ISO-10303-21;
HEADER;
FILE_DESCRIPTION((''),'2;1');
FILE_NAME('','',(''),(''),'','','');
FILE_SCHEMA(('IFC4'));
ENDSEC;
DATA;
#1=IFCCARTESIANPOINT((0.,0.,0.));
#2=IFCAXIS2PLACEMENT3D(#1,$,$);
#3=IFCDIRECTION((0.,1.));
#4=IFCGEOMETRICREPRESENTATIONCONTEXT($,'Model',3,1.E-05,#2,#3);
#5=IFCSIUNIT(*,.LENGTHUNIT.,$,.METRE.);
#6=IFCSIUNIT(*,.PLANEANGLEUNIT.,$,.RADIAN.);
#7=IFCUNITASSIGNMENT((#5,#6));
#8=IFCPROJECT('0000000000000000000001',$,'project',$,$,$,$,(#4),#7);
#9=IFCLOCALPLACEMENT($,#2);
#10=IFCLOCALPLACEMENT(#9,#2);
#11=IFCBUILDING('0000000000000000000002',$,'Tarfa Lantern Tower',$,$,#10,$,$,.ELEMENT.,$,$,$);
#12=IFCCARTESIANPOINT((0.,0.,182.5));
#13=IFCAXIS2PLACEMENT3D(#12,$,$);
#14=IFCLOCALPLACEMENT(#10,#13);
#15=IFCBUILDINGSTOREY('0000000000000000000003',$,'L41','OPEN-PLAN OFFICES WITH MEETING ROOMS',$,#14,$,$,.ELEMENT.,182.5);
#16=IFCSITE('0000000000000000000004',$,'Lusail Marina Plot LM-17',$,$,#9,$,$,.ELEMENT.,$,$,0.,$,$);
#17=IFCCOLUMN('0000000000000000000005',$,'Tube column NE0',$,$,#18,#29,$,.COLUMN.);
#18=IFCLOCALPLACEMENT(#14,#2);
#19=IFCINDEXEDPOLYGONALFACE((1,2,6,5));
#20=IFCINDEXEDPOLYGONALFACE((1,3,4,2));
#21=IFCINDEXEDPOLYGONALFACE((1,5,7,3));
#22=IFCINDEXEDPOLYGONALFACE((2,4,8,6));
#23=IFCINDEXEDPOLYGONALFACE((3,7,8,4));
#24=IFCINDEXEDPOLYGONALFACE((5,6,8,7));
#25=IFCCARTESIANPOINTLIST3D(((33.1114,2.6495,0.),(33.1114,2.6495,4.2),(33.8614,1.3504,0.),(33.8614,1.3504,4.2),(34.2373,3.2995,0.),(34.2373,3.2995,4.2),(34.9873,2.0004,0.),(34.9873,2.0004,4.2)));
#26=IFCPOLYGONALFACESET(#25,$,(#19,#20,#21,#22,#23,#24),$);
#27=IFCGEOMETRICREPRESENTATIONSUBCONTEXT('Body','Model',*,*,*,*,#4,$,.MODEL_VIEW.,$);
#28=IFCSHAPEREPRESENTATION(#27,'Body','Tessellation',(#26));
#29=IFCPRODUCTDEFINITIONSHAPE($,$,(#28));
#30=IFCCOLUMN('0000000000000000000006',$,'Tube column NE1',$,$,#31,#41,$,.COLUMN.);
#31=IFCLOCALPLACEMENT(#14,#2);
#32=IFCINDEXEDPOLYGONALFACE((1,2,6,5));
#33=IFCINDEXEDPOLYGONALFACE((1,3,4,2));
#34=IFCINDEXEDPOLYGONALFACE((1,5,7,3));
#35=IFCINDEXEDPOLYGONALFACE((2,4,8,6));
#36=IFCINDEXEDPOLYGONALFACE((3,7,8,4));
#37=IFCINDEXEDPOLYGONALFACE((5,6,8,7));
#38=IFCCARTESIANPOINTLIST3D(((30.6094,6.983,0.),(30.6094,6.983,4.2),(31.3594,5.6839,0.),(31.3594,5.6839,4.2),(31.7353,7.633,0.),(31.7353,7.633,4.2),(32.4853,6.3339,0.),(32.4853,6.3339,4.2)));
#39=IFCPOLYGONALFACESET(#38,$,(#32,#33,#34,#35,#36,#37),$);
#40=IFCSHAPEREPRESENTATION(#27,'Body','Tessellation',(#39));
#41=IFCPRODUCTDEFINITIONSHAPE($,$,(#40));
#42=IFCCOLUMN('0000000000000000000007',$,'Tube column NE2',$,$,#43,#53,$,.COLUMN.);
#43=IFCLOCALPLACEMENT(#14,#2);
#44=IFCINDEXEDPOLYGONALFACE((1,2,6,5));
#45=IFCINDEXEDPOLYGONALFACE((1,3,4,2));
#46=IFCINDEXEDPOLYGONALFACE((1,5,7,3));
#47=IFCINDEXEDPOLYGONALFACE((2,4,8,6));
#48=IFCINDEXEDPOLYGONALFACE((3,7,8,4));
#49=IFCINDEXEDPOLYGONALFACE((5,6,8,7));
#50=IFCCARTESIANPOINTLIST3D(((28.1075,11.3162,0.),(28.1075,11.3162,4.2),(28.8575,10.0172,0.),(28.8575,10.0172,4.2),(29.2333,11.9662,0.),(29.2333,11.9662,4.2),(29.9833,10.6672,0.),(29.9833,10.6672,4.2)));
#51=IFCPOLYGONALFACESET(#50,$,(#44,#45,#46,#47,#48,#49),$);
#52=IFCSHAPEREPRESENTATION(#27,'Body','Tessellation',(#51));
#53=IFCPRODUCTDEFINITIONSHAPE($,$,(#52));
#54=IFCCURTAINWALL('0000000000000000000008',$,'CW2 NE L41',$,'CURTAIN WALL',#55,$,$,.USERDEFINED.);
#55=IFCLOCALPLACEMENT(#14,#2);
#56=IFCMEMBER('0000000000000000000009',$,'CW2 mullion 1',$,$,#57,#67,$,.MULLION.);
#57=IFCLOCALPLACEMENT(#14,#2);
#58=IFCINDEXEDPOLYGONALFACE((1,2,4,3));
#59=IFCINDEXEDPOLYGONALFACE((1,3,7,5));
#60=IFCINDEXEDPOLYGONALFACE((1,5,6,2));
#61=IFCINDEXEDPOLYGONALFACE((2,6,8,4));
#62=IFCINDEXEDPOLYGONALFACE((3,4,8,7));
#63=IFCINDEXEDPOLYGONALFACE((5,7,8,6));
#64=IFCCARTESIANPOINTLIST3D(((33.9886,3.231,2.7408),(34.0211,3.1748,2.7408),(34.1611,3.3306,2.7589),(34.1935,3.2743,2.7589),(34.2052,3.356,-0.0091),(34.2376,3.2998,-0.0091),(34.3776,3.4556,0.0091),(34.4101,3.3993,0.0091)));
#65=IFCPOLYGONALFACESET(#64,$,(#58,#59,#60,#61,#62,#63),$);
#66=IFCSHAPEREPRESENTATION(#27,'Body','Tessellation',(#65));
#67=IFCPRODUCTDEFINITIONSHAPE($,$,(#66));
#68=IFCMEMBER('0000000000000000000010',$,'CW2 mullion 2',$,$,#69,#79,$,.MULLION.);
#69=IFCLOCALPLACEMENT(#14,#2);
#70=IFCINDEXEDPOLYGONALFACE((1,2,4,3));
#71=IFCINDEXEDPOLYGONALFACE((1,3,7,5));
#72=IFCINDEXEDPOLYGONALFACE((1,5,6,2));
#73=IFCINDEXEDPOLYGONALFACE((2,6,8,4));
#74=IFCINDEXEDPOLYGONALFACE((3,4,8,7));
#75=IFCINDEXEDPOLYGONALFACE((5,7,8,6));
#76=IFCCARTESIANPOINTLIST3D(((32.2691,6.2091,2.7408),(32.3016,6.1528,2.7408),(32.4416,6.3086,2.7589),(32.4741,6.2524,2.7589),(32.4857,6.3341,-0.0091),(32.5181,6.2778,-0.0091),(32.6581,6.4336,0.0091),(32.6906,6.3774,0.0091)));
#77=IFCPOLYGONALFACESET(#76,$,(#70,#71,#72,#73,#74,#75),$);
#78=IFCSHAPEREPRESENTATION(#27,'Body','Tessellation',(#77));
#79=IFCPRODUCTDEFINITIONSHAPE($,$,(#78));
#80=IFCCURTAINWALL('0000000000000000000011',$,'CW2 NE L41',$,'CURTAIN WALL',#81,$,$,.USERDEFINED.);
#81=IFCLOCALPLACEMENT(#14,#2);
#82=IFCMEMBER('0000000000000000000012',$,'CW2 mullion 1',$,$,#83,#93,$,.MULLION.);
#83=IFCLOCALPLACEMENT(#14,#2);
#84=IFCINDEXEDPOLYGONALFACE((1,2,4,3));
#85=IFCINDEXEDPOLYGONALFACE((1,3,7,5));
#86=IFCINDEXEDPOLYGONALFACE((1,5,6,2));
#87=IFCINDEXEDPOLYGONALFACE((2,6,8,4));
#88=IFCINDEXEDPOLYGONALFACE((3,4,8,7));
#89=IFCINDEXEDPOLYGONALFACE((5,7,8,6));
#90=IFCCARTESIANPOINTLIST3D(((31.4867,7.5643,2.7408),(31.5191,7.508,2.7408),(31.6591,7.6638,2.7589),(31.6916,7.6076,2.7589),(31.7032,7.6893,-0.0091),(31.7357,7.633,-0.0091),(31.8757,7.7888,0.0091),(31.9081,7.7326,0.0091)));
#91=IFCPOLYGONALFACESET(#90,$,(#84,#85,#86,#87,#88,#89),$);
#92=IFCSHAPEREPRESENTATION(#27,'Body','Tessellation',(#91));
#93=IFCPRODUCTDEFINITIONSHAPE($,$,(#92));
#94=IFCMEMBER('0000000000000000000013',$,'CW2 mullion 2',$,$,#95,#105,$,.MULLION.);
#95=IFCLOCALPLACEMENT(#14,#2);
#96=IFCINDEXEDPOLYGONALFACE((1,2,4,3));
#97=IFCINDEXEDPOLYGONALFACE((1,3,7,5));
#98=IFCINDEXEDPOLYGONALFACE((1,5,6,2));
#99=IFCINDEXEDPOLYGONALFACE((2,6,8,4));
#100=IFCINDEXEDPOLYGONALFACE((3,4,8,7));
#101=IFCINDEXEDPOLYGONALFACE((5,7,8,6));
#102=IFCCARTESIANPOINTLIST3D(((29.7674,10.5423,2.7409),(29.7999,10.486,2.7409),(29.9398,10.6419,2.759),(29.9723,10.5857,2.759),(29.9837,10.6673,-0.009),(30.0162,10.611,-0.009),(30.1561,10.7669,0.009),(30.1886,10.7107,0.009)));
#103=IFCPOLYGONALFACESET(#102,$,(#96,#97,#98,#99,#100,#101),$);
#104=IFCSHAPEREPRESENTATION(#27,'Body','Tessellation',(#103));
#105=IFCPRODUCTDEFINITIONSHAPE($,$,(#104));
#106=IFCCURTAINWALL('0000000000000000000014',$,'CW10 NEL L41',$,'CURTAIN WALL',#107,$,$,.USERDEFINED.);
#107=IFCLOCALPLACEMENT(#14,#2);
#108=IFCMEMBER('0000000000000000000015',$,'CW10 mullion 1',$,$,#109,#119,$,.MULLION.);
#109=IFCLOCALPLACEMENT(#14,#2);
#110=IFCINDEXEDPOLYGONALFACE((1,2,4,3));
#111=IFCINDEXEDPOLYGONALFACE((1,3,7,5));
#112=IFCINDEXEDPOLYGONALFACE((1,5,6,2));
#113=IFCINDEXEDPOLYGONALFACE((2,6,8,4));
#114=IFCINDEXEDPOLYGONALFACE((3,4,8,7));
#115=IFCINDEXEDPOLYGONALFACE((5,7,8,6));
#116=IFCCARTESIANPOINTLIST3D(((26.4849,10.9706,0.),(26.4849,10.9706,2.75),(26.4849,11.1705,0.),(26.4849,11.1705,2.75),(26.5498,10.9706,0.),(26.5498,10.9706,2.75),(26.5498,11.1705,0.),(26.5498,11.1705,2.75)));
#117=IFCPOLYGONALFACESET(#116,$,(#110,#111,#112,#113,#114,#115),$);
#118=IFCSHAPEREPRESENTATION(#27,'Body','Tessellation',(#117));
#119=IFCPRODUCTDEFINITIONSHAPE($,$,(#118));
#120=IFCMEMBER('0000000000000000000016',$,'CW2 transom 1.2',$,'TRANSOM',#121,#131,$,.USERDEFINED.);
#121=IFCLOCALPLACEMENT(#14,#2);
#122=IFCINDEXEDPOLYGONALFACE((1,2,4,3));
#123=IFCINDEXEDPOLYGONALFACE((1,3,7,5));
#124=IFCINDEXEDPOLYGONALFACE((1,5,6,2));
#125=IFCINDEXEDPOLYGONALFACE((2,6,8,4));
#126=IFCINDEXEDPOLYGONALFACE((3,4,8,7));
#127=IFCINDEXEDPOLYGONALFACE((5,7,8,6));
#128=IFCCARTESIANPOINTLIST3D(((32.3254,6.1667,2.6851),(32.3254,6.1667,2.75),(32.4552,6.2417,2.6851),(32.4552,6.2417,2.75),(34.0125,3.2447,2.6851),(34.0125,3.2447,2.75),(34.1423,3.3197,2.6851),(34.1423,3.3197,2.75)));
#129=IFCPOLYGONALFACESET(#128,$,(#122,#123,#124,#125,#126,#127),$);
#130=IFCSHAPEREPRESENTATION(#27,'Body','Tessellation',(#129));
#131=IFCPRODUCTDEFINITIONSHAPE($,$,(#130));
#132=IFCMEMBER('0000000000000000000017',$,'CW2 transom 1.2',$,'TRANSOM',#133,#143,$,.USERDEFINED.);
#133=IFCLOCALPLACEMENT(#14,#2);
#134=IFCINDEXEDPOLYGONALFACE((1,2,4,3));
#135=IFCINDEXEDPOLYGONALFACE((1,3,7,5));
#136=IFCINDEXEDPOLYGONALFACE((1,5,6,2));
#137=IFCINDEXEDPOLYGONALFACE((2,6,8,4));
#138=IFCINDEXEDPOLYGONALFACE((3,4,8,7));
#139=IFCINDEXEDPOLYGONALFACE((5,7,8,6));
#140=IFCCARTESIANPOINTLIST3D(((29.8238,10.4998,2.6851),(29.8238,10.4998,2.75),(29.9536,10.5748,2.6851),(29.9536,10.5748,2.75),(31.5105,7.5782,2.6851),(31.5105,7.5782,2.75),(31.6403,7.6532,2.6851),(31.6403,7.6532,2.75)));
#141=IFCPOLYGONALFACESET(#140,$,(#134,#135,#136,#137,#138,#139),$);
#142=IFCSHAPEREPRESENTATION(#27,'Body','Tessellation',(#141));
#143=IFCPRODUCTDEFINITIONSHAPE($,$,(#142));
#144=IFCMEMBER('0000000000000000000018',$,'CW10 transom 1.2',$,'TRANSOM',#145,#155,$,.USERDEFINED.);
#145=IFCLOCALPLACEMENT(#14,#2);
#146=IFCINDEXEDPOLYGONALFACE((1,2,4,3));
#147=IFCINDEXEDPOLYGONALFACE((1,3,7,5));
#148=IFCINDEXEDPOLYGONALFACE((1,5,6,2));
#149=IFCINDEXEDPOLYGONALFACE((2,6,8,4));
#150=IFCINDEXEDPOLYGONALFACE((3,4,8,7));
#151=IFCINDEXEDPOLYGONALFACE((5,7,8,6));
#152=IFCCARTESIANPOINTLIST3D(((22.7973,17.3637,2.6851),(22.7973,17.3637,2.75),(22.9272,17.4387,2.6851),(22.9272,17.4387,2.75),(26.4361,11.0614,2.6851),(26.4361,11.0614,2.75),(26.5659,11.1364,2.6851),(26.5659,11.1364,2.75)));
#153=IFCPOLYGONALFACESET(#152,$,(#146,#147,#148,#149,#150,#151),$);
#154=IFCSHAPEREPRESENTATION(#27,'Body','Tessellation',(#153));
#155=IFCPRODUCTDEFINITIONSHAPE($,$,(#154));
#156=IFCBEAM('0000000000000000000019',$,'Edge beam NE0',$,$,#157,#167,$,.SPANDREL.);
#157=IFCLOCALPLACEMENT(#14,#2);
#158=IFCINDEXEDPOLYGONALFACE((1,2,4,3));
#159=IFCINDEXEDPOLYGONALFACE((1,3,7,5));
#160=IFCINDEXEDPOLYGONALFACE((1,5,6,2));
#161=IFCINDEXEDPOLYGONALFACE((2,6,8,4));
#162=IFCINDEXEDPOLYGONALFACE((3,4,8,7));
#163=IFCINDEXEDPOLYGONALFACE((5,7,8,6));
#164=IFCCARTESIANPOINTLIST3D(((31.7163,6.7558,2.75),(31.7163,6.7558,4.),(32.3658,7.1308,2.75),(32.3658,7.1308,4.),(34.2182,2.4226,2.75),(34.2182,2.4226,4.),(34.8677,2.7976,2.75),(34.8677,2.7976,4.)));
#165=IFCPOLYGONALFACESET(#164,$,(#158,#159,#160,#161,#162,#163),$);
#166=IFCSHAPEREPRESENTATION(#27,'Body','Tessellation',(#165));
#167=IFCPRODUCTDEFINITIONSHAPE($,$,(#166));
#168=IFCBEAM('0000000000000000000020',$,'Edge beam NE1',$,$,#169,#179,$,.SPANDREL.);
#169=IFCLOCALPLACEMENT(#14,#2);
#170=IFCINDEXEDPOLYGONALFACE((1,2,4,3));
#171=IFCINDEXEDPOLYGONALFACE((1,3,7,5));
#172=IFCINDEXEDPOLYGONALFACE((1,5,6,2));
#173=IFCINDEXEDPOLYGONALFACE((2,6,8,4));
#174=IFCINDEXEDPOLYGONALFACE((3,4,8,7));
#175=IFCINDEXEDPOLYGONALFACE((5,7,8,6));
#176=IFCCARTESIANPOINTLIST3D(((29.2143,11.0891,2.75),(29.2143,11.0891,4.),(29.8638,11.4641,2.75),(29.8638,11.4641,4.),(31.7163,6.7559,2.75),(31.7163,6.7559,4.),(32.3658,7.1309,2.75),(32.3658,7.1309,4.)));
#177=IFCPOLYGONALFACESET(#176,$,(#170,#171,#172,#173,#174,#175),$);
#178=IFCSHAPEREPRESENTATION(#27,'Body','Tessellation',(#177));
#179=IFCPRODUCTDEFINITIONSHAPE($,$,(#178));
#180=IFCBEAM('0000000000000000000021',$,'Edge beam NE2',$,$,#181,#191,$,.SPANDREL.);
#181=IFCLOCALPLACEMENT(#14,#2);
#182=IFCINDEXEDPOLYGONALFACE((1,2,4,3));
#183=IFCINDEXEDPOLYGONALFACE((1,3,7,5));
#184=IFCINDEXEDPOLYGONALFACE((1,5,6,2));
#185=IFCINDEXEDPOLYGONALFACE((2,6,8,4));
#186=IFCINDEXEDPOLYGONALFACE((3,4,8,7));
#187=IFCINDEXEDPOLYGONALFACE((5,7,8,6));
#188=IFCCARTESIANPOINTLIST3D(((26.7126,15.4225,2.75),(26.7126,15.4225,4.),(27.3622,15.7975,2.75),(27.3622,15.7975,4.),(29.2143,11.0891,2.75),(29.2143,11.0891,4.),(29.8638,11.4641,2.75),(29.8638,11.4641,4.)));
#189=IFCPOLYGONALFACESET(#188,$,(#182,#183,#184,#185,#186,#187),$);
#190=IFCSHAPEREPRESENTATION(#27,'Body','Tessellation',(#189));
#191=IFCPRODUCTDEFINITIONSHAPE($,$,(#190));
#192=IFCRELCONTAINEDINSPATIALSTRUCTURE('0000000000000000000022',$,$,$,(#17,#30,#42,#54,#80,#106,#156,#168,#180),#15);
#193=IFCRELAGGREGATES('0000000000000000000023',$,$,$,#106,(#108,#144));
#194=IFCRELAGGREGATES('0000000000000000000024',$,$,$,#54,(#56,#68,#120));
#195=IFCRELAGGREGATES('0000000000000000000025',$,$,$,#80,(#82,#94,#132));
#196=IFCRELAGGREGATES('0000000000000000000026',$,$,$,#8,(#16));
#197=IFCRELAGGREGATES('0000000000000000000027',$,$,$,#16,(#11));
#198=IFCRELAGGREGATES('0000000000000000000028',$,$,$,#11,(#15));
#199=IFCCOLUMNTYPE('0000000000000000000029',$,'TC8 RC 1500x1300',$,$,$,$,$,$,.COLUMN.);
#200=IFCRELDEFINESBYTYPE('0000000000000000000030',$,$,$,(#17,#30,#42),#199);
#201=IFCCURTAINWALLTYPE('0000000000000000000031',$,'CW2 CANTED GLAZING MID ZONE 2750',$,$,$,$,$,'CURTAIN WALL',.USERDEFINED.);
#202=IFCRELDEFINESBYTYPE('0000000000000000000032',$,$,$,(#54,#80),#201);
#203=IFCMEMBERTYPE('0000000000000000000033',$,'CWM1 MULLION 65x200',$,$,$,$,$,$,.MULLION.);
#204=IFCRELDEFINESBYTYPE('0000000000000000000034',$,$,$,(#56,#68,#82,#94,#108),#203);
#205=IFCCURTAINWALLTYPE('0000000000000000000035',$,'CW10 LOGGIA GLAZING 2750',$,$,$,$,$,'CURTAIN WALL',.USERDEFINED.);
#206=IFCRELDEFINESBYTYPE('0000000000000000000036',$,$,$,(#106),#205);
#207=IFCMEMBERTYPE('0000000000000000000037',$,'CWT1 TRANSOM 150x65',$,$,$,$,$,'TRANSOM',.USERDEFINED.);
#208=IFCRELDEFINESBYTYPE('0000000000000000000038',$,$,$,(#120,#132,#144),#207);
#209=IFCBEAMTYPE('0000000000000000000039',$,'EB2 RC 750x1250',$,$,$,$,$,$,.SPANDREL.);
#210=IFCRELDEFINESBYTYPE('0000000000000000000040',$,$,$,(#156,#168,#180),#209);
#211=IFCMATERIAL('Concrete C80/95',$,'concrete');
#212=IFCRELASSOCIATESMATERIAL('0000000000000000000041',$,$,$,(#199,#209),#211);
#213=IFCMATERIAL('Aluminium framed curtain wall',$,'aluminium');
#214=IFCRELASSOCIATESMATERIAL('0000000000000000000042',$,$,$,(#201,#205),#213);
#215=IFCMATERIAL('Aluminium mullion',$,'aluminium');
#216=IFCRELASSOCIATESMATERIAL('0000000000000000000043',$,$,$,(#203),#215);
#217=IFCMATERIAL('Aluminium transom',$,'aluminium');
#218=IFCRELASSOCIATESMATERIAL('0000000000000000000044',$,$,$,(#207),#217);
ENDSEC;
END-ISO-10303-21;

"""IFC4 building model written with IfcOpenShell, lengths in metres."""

from ifc_helpers import new_model, si_unit, direction, frame, origin, origin_2d, place, context, subcontext, project, spatial, rectangle, extrude, material, material_profile, profile_set, type_object, element, aggregate, save


model = new_model("IFC4")

# Units and contexts
model_context = context("Model", 3, precision=1e-05, world=origin(), true_north=direction((0.0, 1.0)))
body_context = subcontext(model_context, "Body", "Model", "MODEL_VIEW")
ifc_project = project(units=[si_unit("LENGTHUNIT", "METRE"), si_unit("PLANEANGLEUNIT", "RADIAN")], contexts=[model_context])

# Site, building, storey
site_placement = place(None, origin())
site = spatial("IfcSite", under=ifc_project, at=site_placement, Name="Lusail Marina Plot LM-17", CompositionType="ELEMENT", RefElevation=0.0)
building_placement = place(site_placement, origin())
building = spatial("IfcBuilding", under=site, at=building_placement, Name="Tarfa Lantern Tower", CompositionType="ELEMENT")
storey_placement = place(building_placement, frame((0.0, 0.0, 182.5)))
storey = spatial("IfcBuildingStorey", under=building, at=storey_placement, Name="L41", Description="OPEN-PLAN OFFICES WITH MEETING ROOMS", CompositionType="ELEMENT", Elevation=182.5)

# Columns
ifc_material_1 = material(Name="Concrete C80/95", Category="concrete")
ifc_material_profile_1 = material_profile(ifc_material_1, rectangle(XDim=1.5, YDim=1.3, at=origin_2d()), Name="RC 1500x1300")
ifc_profile_set_1 = profile_set([ifc_material_profile_1], Name="Concrete C80/95")
column_type = type_object("IfcColumnType", Name="TC8 RC 1500x1300", PredefinedType="COLUMN", material=ifc_profile_set_1)
for number, where, z_axis, x_axis, name in (
    (1, (34.0493, 2.325, 0.0), (0.0, 0.0, 1.0), (-0.5, 0.866025, 0.0), "Tube column NE0"),
    (2, (31.5474, 6.6584, 0.0), (0.0, 0.0, 1.0), (-0.5, 0.866025, 0.0), "Tube column NE1"),
    (3, (29.0454, 10.9917, 0.0), (0.0, 0.0, 1.0), (-0.5, 0.866025, 0.0), "Tube column NE2"),
):
    element("IfcColumn", number, at=place(storey_placement, frame(where, z_axis=z_axis, x_axis=x_axis)), inside=storey, type_object=column_type, Name=name, PredefinedType="COLUMN", context=body_context, shape_type="SweptSolid", body=[
        extrude(rectangle(XDim=1.5, YDim=1.3, at=origin_2d()), origin(), (0.0, 0.0, 1.0), 4.2),
    ])

# Curtain walls, members
ifc_material_2 = material(Name="Aluminium framed curtain wall", Category="aluminium")
curtain_wall_type_1 = type_object("IfcCurtainWallType", Name="CW2 CANTED GLAZING MID ZONE 2750", ElementType="CURTAIN WALL", PredefinedType="USERDEFINED", material=ifc_material_2)
curtain_wall_1_placement = place(storey_placement, origin())
curtain_wall_1 = element("IfcCurtainWall", 4, at=curtain_wall_1_placement, inside=storey, type_object=curtain_wall_type_1, Name="CW2 NE L41", ObjectType="CURTAIN WALL", PredefinedType="USERDEFINED")
ifc_material_3 = material(Name="Aluminium mullion", Category="aluminium")
ifc_material_profile_2 = material_profile(ifc_material_3, rectangle(XDim=0.0649, YDim=0.2, at=origin_2d()), Name="AL MULLION 65x200")
ifc_profile_set_2 = profile_set([ifc_material_profile_2], Name="Aluminium mullion")
member_type_1 = type_object("IfcMemberType", Name="CWM1 MULLION 65x200", PredefinedType="MULLION", material=ifc_profile_set_2)
member_1_placement = place(storey_placement, frame((34.3076, 3.3777, 0.0), z_axis=(-0.078423, -0.045268, 0.995892), x_axis=(0.49992, -0.866072, 0.0)))
member_1 = element("IfcMember", 5, at=member_1_placement, type_object=member_type_1, Name="CW2 mullion 1", PredefinedType="MULLION", context=body_context, shape_type="SweptSolid", body=[
    extrude(rectangle(XDim=0.0649, YDim=0.2, at=origin_2d()), origin(), (0.0, 0.0, 1.0), 2.7612),
])
member_2_placement = place(storey_placement, frame((32.5881, 6.3557, 0.0), z_axis=(-0.078423, -0.045268, 0.995892), x_axis=(0.49992, -0.866072, 0.0)))
member_2 = element("IfcMember", 6, at=member_2_placement, type_object=member_type_1, Name="CW2 mullion 2", PredefinedType="MULLION", context=body_context, shape_type="SweptSolid", body=[
    extrude(rectangle(XDim=0.0649, YDim=0.2, at=origin_2d()), origin(), (0.0, 0.0, 1.0), 2.7612),
])
curtain_wall_2_placement = place(storey_placement, origin())
curtain_wall_2 = element("IfcCurtainWall", 7, at=curtain_wall_2_placement, inside=storey, type_object=curtain_wall_type_1, Name="CW2 NE L41", ObjectType="CURTAIN WALL", PredefinedType="USERDEFINED")
member_3_placement = place(storey_placement, frame((31.8057, 7.7109, 0.0), z_axis=(-0.078423, -0.045268, 0.995892), x_axis=(0.49992, -0.866072, 0.0)))
member_3 = element("IfcMember", 8, at=member_3_placement, type_object=member_type_1, Name="CW2 mullion 1", PredefinedType="MULLION", context=body_context, shape_type="SweptSolid", body=[
    extrude(rectangle(XDim=0.0649, YDim=0.2, at=origin_2d()), origin(), (0.0, 0.0, 1.0), 2.7612),
])
member_4_placement = place(storey_placement, frame((30.0862, 10.689, 0.0), z_axis=(-0.078335, -0.045268, 0.995899), x_axis=(0.500343, -0.865827, 0.0)))
member_4 = element("IfcMember", 9, at=member_4_placement, type_object=member_type_1, Name="CW2 mullion 2", PredefinedType="MULLION", context=body_context, shape_type="SweptSolid", body=[
    extrude(rectangle(XDim=0.0649, YDim=0.2, at=origin_2d()), origin(), (0.0, 0.0, 1.0), 2.7612),
])

# Curtain wall, member
curtain_wall_type_2 = type_object("IfcCurtainWallType", Name="CW10 LOGGIA GLAZING 2750", ElementType="CURTAIN WALL", PredefinedType="USERDEFINED", material=ifc_material_2)
curtain_wall_3_placement = place(storey_placement, origin())
curtain_wall_3 = element("IfcCurtainWall", 10, at=curtain_wall_3_placement, inside=storey, type_object=curtain_wall_type_2, Name="CW10 NEL L41", ObjectType="CURTAIN WALL", PredefinedType="USERDEFINED")
member_5_placement = place(storey_placement, frame((26.5173, 11.0706, 0.0), z_axis=(0.0, 0.0, 1.0), x_axis=(1.0, 0.0, 0.0)))
member_5 = element("IfcMember", 11, at=member_5_placement, type_object=member_type_1, Name="CW10 mullion 1", PredefinedType="MULLION", context=body_context, shape_type="SweptSolid", body=[
    extrude(rectangle(XDim=0.0649, YDim=0.2, at=origin_2d()), origin(), (0.0, 0.0, 1.0), 2.75),
])

# Members
ifc_material_4 = material(Name="Aluminium transom", Category="aluminium")
ifc_material_profile_3 = material_profile(ifc_material_4, rectangle(XDim=0.1499, YDim=0.0649, at=origin_2d()), Name="AL TRANSOM 150x65")
ifc_profile_set_3 = profile_set([ifc_material_profile_3], Name="Aluminium transom")
member_type_2 = type_object("IfcMemberType", Name="CWT1 TRANSOM 150x65", ElementType="TRANSOM", PredefinedType="USERDEFINED", material=ifc_profile_set_3)
member_6_placement = place(storey_placement, frame((34.0774, 3.2822, 2.7175), z_axis=(-0.500015, 0.866017, 0.0), x_axis=(-0.866017, -0.500015, 0.0)))
member_6 = element("IfcMember", 12, at=member_6_placement, type_object=member_type_2, Name="CW2 transom 1.2", ObjectType="TRANSOM", PredefinedType="USERDEFINED", context=body_context, shape_type="SweptSolid", body=[
    extrude(rectangle(XDim=0.1499, YDim=0.0649, at=origin_2d()), origin(), (0.0, 0.0, 1.0), 3.374),
])
member_7_placement = place(storey_placement, frame((31.5754, 7.6157, 2.7175), z_axis=(-0.499992, 0.86603, 0.0), x_axis=(-0.86603, -0.499992, 0.0)))
member_7 = element("IfcMember", 13, at=member_7_placement, type_object=member_type_2, Name="CW2 transom 1.2", ObjectType="TRANSOM", PredefinedType="USERDEFINED", context=body_context, shape_type="SweptSolid", body=[
    extrude(rectangle(XDim=0.1499, YDim=0.0649, at=origin_2d()), origin(), (0.0, 0.0, 1.0), 3.3735),
])
member_8_placement = place(storey_placement, frame((26.501, 11.0989, 2.7175), z_axis=(-0.500007, 0.866021, 0.0), x_axis=(-0.866021, -0.500007, 0.0)))
member_8 = element("IfcMember", 14, at=member_8_placement, type_object=member_type_2, Name="CW10 transom 1.2", ObjectType="TRANSOM", PredefinedType="USERDEFINED", context=body_context, shape_type="SweptSolid", body=[
    extrude(rectangle(XDim=0.1499, YDim=0.0649, at=origin_2d()), origin(), (0.0, 0.0, 1.0), 7.2773),
])
aggregate(curtain_wall_3, [member_5, member_8])

# Beams
ifc_material_profile_4 = material_profile(ifc_material_1, rectangle(XDim=0.75, YDim=1.25, at=origin_2d()), Name="RC 750x1250")
ifc_profile_set_4 = profile_set([ifc_material_profile_4], Name="Concrete C80/95")
beam_type_1 = type_object("IfcBeamType", Name="EB2 RC 750x1250", PredefinedType="SPANDREL", material=ifc_profile_set_4)
for number, where, z_axis, x_axis, name in (
    (15, (34.543, 2.6101, 3.375), (-0.500022, 0.866013, 0.0), (-0.866013, -0.500022, 0.0), "Edge beam NE0"),
    (16, (32.041, 6.9434, 3.375), (-0.500022, 0.866013, 0.0), (-0.866013, -0.500022, 0.0), "Edge beam NE1"),
    (17, (29.5391, 11.2766, 3.375), (-0.499965, 0.866046, 0.0), (-0.866046, -0.499965, 0.0), "Edge beam NE2"),
):
    element("IfcBeam", number, at=place(storey_placement, frame(where, z_axis=z_axis, x_axis=x_axis)), inside=storey, type_object=beam_type_1, Name=name, PredefinedType="SPANDREL", context=body_context, shape_type="SweptSolid", body=[
        extrude(rectangle(XDim=0.75, YDim=1.25, at=origin_2d()), origin(), (0.0, 0.0, 1.0), 5.0037),
    ])

aggregate(curtain_wall_1, [member_1, member_2, member_6])
aggregate(curtain_wall_2, [member_3, member_4, member_7])

save(model, "model.ifc")
